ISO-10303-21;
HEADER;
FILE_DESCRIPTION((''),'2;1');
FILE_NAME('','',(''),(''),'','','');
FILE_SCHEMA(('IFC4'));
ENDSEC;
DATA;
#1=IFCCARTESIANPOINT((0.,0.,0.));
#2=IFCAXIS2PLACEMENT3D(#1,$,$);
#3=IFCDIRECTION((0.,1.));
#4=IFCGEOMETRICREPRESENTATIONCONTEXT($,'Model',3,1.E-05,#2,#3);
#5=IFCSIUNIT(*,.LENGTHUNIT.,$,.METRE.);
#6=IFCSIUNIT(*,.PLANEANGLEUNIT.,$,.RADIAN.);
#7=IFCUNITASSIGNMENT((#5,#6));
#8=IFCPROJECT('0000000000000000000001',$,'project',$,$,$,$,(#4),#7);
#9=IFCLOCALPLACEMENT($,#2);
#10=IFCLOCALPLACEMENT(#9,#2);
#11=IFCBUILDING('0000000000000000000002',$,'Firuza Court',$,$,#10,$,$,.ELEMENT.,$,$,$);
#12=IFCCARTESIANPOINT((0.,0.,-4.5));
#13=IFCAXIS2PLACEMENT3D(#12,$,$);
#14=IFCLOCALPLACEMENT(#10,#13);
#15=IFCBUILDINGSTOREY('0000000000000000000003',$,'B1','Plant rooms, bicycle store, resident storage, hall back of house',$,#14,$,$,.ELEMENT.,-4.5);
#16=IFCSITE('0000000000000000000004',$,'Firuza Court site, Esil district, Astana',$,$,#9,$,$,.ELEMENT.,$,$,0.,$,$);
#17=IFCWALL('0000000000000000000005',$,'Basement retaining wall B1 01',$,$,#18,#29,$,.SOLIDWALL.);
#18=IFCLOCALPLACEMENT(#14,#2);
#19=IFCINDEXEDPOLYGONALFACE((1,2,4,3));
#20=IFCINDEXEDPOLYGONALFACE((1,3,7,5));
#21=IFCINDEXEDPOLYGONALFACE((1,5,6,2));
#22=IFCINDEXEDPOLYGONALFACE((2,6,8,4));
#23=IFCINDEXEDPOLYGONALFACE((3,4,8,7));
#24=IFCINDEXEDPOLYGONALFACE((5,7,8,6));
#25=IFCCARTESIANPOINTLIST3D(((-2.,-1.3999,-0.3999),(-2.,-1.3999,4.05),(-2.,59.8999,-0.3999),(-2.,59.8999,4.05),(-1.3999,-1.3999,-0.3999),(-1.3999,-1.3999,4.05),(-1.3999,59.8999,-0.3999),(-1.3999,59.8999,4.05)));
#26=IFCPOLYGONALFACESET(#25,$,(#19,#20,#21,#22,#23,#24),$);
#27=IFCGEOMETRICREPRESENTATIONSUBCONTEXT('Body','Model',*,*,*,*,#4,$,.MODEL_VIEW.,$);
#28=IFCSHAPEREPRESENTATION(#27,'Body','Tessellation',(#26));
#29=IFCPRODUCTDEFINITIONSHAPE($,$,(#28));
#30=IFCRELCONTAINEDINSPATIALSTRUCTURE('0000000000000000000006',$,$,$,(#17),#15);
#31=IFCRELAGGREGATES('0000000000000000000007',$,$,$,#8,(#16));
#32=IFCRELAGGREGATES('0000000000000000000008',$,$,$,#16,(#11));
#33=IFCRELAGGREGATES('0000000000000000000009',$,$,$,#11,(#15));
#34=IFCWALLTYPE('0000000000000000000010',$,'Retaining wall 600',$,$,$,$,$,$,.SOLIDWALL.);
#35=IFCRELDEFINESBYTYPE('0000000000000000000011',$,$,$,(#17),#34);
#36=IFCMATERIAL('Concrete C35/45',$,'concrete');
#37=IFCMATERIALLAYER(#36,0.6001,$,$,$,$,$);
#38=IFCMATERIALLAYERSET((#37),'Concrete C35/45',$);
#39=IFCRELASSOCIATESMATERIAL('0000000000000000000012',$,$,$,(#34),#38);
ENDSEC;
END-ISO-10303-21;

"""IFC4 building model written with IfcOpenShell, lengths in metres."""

from ifc_helpers import new_model, si_unit, direction, frame, frame_2d, origin, place, context, subcontext, project, spatial, rectangle, extrude, material, layer, layer_set, type_object, element, save


model = new_model("IFC4")

# Units and contexts
model_context = context("Model", 3, precision=1e-05, world=origin(), true_north=direction((0.0, 1.0)))
body_context = subcontext(model_context, "Body", "Model", "MODEL_VIEW")
ifc_project = project(units=[si_unit("LENGTHUNIT", "METRE"), si_unit("PLANEANGLEUNIT", "RADIAN")], contexts=[model_context])

# Site, building, storey
site_placement = place(None, origin())
site = spatial("IfcSite", under=ifc_project, at=site_placement, Name="Firuza Court site, Esil district, Astana", CompositionType="ELEMENT", RefElevation=0.0)
building_placement = place(site_placement, origin())
building = spatial("IfcBuilding", under=site, at=building_placement, Name="Firuza Court", CompositionType="ELEMENT")
storey_placement = place(building_placement, frame((0.0, 0.0, -4.5)))
storey = spatial("IfcBuildingStorey", under=building, at=storey_placement, Name="B1", Description="Plant rooms, bicycle store, resident storage, hall back of house", CompositionType="ELEMENT", Elevation=-4.5)

# Shared definitions
ifc_material_1 = material(Name="Concrete C35/45", Category="concrete")

# Wall
ifc_layer_1 = layer(ifc_material_1, 0.6001)
ifc_layer_set_1 = layer_set([ifc_layer_1], Name="Concrete C35/45")
wall_type = type_object("IfcWallType", Name="Retaining wall 600", PredefinedType="SOLIDWALL", material=ifc_layer_set_1)
wall_placement = place(storey_placement, frame((-1.7, -1.3999, -0.3999), z_axis=(0.0, 0.0, 1.0), x_axis=(0.0, 1.0, 0.0)))
element("IfcWall", 1, at=wall_placement, inside=storey, type_object=wall_type, Name="Basement retaining wall B1 01", PredefinedType="SOLIDWALL", context=body_context, shape_type="SweptSolid", body=[
    extrude(rectangle(XDim=61.2998, YDim=0.6001, at=frame_2d((30.6499, 0.0))), origin(), (0.0, 0.0, 1.0), 4.45),
])

save(model, "model.ifc")
